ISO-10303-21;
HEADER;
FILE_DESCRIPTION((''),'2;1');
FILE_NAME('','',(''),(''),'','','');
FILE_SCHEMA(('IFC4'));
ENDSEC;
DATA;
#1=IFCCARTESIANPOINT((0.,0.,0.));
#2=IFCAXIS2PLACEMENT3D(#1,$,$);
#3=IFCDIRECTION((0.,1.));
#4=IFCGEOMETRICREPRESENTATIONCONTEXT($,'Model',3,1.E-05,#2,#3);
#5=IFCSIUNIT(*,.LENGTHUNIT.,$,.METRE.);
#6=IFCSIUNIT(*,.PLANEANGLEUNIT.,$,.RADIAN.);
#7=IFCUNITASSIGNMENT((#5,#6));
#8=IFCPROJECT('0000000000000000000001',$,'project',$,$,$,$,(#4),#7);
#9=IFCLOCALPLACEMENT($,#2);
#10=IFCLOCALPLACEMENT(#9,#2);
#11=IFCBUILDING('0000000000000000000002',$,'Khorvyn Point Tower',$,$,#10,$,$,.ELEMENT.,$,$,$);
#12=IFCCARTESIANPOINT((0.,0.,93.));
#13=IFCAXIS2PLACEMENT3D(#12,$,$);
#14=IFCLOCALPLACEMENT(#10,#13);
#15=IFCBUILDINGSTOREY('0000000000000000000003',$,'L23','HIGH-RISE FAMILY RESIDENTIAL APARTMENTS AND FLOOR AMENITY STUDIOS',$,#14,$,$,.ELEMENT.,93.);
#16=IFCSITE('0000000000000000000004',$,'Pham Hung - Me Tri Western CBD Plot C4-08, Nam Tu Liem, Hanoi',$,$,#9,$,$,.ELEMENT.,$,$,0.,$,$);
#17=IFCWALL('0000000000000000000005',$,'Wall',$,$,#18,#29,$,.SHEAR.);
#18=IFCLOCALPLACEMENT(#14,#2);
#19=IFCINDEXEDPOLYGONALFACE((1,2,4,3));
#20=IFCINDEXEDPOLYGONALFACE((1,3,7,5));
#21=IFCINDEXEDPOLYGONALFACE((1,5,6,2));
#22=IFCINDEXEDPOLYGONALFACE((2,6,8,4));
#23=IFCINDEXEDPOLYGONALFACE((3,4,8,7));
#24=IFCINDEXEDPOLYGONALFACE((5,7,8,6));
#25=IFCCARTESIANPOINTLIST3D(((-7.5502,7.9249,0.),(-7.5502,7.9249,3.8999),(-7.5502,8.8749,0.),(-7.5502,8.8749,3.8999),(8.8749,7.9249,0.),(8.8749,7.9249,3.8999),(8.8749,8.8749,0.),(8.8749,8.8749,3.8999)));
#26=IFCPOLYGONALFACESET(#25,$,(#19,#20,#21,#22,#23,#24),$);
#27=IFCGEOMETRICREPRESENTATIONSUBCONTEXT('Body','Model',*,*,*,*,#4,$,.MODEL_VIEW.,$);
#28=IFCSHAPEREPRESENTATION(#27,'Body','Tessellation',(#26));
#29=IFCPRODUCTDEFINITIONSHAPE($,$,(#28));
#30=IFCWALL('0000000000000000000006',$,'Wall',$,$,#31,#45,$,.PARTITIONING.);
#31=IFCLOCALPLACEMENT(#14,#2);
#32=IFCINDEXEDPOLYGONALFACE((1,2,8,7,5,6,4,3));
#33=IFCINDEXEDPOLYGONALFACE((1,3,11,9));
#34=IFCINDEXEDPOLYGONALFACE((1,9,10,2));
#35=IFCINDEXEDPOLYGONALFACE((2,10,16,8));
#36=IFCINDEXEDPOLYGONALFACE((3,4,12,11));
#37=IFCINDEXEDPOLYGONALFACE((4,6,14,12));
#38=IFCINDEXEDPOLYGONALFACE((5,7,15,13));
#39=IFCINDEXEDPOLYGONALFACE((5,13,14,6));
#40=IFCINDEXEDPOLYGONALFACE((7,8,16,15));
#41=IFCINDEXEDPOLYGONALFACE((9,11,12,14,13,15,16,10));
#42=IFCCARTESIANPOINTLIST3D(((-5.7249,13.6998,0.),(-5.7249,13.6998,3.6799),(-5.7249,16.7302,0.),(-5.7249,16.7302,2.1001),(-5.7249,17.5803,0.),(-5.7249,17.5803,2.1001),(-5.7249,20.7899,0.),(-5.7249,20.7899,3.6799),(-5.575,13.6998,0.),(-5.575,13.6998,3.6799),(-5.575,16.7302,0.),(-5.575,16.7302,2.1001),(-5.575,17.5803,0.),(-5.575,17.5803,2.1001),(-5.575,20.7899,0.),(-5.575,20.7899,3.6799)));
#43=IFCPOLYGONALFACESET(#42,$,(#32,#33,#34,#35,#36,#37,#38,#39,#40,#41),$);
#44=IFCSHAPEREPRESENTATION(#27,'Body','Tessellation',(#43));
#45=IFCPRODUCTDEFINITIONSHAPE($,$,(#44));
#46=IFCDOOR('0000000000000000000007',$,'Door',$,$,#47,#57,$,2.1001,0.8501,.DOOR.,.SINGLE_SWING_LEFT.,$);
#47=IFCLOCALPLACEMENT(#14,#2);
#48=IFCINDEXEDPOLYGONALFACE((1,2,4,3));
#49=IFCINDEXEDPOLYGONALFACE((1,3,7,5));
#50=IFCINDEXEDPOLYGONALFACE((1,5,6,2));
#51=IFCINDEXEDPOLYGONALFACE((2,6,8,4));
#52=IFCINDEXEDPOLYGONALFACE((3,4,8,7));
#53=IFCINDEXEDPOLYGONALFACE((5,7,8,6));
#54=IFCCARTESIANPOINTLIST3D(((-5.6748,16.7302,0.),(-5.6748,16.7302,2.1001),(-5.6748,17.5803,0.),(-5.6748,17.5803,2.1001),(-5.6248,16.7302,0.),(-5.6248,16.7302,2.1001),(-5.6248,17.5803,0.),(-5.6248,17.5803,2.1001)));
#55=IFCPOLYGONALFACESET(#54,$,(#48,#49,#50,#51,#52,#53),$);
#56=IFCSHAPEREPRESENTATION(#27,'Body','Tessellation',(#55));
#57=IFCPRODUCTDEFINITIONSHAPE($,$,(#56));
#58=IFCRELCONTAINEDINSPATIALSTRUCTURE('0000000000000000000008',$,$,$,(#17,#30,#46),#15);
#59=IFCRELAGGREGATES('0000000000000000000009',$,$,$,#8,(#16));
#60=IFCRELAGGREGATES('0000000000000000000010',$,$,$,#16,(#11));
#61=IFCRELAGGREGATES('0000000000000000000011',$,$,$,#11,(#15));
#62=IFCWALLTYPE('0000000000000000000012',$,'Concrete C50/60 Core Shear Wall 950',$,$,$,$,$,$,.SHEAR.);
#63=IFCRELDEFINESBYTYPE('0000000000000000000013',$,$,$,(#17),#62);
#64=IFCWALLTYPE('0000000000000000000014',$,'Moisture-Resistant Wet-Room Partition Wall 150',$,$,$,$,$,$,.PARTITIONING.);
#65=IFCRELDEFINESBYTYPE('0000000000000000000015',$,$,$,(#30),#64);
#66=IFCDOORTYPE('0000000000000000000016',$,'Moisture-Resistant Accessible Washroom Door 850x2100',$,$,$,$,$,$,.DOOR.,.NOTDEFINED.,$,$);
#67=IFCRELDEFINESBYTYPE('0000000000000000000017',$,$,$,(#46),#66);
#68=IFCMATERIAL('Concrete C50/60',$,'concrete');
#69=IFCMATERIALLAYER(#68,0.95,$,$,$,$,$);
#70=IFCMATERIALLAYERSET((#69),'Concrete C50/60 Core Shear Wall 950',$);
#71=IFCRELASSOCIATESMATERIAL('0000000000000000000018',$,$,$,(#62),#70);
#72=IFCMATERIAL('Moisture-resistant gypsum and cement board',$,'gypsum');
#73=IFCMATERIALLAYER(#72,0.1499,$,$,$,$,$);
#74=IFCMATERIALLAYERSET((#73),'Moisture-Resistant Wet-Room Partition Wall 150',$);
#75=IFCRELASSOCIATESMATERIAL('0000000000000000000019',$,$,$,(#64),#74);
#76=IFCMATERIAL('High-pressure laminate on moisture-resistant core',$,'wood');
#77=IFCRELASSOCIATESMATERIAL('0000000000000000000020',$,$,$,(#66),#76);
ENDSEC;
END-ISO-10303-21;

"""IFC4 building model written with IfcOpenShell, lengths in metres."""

from ifc_helpers import new_model, si_unit, direction, frame, frame_2d, origin, place, context, subcontext, project, spatial, rectangle, extrude, material, layer, layer_set, type_object, element, fill, save


model = new_model("IFC4")

# Units and contexts
model_context = context("Model", 3, precision=1e-05, world=origin(), true_north=direction((0.0, 1.0)))
body_context = subcontext(model_context, "Body", "Model", "MODEL_VIEW")
ifc_project = project(units=[si_unit("LENGTHUNIT", "METRE"), si_unit("PLANEANGLEUNIT", "RADIAN")], contexts=[model_context])

# Site, building, storey
site_placement = place(None, origin())
site = spatial("IfcSite", under=ifc_project, at=site_placement, Name="Pham Hung - Me Tri Western CBD Plot C4-08, Nam Tu Liem, Hanoi", CompositionType="ELEMENT", RefElevation=0.0)
building_placement = place(site_placement, origin())
building = spatial("IfcBuilding", under=site, at=building_placement, Name="Khorvyn Point Tower", CompositionType="ELEMENT")
storey_placement = place(building_placement, frame((0.0, 0.0, 93.0)))
storey = spatial("IfcBuildingStorey", under=building, at=storey_placement, Name="L23", Description="HIGH-RISE FAMILY RESIDENTIAL APARTMENTS AND FLOOR AMENITY STUDIOS", CompositionType="ELEMENT", Elevation=93.0)

# Wall
ifc_material_1 = material(Name="Concrete C50/60", Category="concrete")
ifc_layer_1 = layer(ifc_material_1, 0.95)
ifc_layer_set_1 = layer_set([ifc_layer_1], Name="Concrete C50/60 Core Shear Wall 950")
wall_type_1 = type_object("IfcWallType", Name="Concrete C50/60 Core Shear Wall 950", PredefinedType="SHEAR", material=ifc_layer_set_1)
wall_1_placement = place(storey_placement, frame((-7.55, 8.3999, 0.0), z_axis=(0.0, 0.0, 1.0), x_axis=(1.0, 0.0, 0.0)))
element("IfcWall", 1, at=wall_1_placement, inside=storey, type_object=wall_type_1, Name="Wall", PredefinedType="SHEAR", context=body_context, shape_type="SweptSolid", body=[
    extrude(rectangle(XDim=16.425, YDim=0.95, at=frame_2d((8.2124, 0.0))), origin(), (0.0, 0.0, 1.0), 3.8999),
])

# Wall, opening, door
ifc_material_2 = material(Name="Moisture-resistant gypsum and cement board", Category="gypsum")
ifc_layer_2 = layer(ifc_material_2, 0.1499)
ifc_layer_set_2 = layer_set([ifc_layer_2], Name="Moisture-Resistant Wet-Room Partition Wall 150")
wall_type_2 = type_object("IfcWallType", Name="Moisture-Resistant Wet-Room Partition Wall 150", PredefinedType="PARTITIONING", material=ifc_layer_set_2)
wall_2_placement = place(storey_placement, frame((-5.6499, 13.7, 0.0), z_axis=(0.0, 0.0, 1.0), x_axis=(0.0, 1.0, 0.0)))
wall_2 = element("IfcWall", 2, at=wall_2_placement, inside=storey, type_object=wall_type_2, Name="Wall", PredefinedType="PARTITIONING", context=body_context, shape_type="SweptSolid", body=[
    extrude(rectangle(XDim=7.0901, YDim=0.1499, at=frame_2d((3.5449, 0.0))), origin(), (0.0, 0.0, 1.0), 3.6799),
])
opening_1_placement = place(wall_2_placement, frame((3.0303, 0.0, 0.0)))
opening_1 = element("IfcOpeningElement", 3, at=opening_1_placement, cuts=wall_2, PredefinedType="OPENING", context=body_context, shape_type="SweptSolid", body=[
    extrude(rectangle(XDim=0.8501, YDim=2.1001, at=frame_2d((0.425, 1.05))), frame((0.0, 0.085, 0.0), z_axis=(0.0, -1.0, 0.0), x_axis=(1.0, 0.0, 0.0)), (0.0, 0.0, 1.0), 0.1699),
])
ifc_material_3 = material(Name="High-pressure laminate on moisture-resistant core", Category="wood")
door_type_1 = type_object("IfcDoorType", Name="Moisture-Resistant Accessible Washroom Door 850x2100", OperationType="NOTDEFINED", PredefinedType="DOOR", material=ifc_material_3)
door_1_placement = place(opening_1_placement, origin())
door_1 = element("IfcDoor", 4, at=door_1_placement, inside=storey, type_object=door_type_1, Name="Door", OperationType="SINGLE_SWING_LEFT", OverallHeight=2.1001, OverallWidth=0.8501, PredefinedType="DOOR", context=body_context, shape_type="SweptSolid", body=[
    extrude(rectangle(XDim=0.8501, YDim=2.1001, at=frame_2d((0.425, 1.05))), frame((0.0, 0.0249, 0.0), z_axis=(0.0, -1.0, 0.0), x_axis=(1.0, 0.0, 0.0)), (0.0, 0.0, 1.0), 0.05),
])
fill(opening_1, door_1)

save(model, "model.ifc")
